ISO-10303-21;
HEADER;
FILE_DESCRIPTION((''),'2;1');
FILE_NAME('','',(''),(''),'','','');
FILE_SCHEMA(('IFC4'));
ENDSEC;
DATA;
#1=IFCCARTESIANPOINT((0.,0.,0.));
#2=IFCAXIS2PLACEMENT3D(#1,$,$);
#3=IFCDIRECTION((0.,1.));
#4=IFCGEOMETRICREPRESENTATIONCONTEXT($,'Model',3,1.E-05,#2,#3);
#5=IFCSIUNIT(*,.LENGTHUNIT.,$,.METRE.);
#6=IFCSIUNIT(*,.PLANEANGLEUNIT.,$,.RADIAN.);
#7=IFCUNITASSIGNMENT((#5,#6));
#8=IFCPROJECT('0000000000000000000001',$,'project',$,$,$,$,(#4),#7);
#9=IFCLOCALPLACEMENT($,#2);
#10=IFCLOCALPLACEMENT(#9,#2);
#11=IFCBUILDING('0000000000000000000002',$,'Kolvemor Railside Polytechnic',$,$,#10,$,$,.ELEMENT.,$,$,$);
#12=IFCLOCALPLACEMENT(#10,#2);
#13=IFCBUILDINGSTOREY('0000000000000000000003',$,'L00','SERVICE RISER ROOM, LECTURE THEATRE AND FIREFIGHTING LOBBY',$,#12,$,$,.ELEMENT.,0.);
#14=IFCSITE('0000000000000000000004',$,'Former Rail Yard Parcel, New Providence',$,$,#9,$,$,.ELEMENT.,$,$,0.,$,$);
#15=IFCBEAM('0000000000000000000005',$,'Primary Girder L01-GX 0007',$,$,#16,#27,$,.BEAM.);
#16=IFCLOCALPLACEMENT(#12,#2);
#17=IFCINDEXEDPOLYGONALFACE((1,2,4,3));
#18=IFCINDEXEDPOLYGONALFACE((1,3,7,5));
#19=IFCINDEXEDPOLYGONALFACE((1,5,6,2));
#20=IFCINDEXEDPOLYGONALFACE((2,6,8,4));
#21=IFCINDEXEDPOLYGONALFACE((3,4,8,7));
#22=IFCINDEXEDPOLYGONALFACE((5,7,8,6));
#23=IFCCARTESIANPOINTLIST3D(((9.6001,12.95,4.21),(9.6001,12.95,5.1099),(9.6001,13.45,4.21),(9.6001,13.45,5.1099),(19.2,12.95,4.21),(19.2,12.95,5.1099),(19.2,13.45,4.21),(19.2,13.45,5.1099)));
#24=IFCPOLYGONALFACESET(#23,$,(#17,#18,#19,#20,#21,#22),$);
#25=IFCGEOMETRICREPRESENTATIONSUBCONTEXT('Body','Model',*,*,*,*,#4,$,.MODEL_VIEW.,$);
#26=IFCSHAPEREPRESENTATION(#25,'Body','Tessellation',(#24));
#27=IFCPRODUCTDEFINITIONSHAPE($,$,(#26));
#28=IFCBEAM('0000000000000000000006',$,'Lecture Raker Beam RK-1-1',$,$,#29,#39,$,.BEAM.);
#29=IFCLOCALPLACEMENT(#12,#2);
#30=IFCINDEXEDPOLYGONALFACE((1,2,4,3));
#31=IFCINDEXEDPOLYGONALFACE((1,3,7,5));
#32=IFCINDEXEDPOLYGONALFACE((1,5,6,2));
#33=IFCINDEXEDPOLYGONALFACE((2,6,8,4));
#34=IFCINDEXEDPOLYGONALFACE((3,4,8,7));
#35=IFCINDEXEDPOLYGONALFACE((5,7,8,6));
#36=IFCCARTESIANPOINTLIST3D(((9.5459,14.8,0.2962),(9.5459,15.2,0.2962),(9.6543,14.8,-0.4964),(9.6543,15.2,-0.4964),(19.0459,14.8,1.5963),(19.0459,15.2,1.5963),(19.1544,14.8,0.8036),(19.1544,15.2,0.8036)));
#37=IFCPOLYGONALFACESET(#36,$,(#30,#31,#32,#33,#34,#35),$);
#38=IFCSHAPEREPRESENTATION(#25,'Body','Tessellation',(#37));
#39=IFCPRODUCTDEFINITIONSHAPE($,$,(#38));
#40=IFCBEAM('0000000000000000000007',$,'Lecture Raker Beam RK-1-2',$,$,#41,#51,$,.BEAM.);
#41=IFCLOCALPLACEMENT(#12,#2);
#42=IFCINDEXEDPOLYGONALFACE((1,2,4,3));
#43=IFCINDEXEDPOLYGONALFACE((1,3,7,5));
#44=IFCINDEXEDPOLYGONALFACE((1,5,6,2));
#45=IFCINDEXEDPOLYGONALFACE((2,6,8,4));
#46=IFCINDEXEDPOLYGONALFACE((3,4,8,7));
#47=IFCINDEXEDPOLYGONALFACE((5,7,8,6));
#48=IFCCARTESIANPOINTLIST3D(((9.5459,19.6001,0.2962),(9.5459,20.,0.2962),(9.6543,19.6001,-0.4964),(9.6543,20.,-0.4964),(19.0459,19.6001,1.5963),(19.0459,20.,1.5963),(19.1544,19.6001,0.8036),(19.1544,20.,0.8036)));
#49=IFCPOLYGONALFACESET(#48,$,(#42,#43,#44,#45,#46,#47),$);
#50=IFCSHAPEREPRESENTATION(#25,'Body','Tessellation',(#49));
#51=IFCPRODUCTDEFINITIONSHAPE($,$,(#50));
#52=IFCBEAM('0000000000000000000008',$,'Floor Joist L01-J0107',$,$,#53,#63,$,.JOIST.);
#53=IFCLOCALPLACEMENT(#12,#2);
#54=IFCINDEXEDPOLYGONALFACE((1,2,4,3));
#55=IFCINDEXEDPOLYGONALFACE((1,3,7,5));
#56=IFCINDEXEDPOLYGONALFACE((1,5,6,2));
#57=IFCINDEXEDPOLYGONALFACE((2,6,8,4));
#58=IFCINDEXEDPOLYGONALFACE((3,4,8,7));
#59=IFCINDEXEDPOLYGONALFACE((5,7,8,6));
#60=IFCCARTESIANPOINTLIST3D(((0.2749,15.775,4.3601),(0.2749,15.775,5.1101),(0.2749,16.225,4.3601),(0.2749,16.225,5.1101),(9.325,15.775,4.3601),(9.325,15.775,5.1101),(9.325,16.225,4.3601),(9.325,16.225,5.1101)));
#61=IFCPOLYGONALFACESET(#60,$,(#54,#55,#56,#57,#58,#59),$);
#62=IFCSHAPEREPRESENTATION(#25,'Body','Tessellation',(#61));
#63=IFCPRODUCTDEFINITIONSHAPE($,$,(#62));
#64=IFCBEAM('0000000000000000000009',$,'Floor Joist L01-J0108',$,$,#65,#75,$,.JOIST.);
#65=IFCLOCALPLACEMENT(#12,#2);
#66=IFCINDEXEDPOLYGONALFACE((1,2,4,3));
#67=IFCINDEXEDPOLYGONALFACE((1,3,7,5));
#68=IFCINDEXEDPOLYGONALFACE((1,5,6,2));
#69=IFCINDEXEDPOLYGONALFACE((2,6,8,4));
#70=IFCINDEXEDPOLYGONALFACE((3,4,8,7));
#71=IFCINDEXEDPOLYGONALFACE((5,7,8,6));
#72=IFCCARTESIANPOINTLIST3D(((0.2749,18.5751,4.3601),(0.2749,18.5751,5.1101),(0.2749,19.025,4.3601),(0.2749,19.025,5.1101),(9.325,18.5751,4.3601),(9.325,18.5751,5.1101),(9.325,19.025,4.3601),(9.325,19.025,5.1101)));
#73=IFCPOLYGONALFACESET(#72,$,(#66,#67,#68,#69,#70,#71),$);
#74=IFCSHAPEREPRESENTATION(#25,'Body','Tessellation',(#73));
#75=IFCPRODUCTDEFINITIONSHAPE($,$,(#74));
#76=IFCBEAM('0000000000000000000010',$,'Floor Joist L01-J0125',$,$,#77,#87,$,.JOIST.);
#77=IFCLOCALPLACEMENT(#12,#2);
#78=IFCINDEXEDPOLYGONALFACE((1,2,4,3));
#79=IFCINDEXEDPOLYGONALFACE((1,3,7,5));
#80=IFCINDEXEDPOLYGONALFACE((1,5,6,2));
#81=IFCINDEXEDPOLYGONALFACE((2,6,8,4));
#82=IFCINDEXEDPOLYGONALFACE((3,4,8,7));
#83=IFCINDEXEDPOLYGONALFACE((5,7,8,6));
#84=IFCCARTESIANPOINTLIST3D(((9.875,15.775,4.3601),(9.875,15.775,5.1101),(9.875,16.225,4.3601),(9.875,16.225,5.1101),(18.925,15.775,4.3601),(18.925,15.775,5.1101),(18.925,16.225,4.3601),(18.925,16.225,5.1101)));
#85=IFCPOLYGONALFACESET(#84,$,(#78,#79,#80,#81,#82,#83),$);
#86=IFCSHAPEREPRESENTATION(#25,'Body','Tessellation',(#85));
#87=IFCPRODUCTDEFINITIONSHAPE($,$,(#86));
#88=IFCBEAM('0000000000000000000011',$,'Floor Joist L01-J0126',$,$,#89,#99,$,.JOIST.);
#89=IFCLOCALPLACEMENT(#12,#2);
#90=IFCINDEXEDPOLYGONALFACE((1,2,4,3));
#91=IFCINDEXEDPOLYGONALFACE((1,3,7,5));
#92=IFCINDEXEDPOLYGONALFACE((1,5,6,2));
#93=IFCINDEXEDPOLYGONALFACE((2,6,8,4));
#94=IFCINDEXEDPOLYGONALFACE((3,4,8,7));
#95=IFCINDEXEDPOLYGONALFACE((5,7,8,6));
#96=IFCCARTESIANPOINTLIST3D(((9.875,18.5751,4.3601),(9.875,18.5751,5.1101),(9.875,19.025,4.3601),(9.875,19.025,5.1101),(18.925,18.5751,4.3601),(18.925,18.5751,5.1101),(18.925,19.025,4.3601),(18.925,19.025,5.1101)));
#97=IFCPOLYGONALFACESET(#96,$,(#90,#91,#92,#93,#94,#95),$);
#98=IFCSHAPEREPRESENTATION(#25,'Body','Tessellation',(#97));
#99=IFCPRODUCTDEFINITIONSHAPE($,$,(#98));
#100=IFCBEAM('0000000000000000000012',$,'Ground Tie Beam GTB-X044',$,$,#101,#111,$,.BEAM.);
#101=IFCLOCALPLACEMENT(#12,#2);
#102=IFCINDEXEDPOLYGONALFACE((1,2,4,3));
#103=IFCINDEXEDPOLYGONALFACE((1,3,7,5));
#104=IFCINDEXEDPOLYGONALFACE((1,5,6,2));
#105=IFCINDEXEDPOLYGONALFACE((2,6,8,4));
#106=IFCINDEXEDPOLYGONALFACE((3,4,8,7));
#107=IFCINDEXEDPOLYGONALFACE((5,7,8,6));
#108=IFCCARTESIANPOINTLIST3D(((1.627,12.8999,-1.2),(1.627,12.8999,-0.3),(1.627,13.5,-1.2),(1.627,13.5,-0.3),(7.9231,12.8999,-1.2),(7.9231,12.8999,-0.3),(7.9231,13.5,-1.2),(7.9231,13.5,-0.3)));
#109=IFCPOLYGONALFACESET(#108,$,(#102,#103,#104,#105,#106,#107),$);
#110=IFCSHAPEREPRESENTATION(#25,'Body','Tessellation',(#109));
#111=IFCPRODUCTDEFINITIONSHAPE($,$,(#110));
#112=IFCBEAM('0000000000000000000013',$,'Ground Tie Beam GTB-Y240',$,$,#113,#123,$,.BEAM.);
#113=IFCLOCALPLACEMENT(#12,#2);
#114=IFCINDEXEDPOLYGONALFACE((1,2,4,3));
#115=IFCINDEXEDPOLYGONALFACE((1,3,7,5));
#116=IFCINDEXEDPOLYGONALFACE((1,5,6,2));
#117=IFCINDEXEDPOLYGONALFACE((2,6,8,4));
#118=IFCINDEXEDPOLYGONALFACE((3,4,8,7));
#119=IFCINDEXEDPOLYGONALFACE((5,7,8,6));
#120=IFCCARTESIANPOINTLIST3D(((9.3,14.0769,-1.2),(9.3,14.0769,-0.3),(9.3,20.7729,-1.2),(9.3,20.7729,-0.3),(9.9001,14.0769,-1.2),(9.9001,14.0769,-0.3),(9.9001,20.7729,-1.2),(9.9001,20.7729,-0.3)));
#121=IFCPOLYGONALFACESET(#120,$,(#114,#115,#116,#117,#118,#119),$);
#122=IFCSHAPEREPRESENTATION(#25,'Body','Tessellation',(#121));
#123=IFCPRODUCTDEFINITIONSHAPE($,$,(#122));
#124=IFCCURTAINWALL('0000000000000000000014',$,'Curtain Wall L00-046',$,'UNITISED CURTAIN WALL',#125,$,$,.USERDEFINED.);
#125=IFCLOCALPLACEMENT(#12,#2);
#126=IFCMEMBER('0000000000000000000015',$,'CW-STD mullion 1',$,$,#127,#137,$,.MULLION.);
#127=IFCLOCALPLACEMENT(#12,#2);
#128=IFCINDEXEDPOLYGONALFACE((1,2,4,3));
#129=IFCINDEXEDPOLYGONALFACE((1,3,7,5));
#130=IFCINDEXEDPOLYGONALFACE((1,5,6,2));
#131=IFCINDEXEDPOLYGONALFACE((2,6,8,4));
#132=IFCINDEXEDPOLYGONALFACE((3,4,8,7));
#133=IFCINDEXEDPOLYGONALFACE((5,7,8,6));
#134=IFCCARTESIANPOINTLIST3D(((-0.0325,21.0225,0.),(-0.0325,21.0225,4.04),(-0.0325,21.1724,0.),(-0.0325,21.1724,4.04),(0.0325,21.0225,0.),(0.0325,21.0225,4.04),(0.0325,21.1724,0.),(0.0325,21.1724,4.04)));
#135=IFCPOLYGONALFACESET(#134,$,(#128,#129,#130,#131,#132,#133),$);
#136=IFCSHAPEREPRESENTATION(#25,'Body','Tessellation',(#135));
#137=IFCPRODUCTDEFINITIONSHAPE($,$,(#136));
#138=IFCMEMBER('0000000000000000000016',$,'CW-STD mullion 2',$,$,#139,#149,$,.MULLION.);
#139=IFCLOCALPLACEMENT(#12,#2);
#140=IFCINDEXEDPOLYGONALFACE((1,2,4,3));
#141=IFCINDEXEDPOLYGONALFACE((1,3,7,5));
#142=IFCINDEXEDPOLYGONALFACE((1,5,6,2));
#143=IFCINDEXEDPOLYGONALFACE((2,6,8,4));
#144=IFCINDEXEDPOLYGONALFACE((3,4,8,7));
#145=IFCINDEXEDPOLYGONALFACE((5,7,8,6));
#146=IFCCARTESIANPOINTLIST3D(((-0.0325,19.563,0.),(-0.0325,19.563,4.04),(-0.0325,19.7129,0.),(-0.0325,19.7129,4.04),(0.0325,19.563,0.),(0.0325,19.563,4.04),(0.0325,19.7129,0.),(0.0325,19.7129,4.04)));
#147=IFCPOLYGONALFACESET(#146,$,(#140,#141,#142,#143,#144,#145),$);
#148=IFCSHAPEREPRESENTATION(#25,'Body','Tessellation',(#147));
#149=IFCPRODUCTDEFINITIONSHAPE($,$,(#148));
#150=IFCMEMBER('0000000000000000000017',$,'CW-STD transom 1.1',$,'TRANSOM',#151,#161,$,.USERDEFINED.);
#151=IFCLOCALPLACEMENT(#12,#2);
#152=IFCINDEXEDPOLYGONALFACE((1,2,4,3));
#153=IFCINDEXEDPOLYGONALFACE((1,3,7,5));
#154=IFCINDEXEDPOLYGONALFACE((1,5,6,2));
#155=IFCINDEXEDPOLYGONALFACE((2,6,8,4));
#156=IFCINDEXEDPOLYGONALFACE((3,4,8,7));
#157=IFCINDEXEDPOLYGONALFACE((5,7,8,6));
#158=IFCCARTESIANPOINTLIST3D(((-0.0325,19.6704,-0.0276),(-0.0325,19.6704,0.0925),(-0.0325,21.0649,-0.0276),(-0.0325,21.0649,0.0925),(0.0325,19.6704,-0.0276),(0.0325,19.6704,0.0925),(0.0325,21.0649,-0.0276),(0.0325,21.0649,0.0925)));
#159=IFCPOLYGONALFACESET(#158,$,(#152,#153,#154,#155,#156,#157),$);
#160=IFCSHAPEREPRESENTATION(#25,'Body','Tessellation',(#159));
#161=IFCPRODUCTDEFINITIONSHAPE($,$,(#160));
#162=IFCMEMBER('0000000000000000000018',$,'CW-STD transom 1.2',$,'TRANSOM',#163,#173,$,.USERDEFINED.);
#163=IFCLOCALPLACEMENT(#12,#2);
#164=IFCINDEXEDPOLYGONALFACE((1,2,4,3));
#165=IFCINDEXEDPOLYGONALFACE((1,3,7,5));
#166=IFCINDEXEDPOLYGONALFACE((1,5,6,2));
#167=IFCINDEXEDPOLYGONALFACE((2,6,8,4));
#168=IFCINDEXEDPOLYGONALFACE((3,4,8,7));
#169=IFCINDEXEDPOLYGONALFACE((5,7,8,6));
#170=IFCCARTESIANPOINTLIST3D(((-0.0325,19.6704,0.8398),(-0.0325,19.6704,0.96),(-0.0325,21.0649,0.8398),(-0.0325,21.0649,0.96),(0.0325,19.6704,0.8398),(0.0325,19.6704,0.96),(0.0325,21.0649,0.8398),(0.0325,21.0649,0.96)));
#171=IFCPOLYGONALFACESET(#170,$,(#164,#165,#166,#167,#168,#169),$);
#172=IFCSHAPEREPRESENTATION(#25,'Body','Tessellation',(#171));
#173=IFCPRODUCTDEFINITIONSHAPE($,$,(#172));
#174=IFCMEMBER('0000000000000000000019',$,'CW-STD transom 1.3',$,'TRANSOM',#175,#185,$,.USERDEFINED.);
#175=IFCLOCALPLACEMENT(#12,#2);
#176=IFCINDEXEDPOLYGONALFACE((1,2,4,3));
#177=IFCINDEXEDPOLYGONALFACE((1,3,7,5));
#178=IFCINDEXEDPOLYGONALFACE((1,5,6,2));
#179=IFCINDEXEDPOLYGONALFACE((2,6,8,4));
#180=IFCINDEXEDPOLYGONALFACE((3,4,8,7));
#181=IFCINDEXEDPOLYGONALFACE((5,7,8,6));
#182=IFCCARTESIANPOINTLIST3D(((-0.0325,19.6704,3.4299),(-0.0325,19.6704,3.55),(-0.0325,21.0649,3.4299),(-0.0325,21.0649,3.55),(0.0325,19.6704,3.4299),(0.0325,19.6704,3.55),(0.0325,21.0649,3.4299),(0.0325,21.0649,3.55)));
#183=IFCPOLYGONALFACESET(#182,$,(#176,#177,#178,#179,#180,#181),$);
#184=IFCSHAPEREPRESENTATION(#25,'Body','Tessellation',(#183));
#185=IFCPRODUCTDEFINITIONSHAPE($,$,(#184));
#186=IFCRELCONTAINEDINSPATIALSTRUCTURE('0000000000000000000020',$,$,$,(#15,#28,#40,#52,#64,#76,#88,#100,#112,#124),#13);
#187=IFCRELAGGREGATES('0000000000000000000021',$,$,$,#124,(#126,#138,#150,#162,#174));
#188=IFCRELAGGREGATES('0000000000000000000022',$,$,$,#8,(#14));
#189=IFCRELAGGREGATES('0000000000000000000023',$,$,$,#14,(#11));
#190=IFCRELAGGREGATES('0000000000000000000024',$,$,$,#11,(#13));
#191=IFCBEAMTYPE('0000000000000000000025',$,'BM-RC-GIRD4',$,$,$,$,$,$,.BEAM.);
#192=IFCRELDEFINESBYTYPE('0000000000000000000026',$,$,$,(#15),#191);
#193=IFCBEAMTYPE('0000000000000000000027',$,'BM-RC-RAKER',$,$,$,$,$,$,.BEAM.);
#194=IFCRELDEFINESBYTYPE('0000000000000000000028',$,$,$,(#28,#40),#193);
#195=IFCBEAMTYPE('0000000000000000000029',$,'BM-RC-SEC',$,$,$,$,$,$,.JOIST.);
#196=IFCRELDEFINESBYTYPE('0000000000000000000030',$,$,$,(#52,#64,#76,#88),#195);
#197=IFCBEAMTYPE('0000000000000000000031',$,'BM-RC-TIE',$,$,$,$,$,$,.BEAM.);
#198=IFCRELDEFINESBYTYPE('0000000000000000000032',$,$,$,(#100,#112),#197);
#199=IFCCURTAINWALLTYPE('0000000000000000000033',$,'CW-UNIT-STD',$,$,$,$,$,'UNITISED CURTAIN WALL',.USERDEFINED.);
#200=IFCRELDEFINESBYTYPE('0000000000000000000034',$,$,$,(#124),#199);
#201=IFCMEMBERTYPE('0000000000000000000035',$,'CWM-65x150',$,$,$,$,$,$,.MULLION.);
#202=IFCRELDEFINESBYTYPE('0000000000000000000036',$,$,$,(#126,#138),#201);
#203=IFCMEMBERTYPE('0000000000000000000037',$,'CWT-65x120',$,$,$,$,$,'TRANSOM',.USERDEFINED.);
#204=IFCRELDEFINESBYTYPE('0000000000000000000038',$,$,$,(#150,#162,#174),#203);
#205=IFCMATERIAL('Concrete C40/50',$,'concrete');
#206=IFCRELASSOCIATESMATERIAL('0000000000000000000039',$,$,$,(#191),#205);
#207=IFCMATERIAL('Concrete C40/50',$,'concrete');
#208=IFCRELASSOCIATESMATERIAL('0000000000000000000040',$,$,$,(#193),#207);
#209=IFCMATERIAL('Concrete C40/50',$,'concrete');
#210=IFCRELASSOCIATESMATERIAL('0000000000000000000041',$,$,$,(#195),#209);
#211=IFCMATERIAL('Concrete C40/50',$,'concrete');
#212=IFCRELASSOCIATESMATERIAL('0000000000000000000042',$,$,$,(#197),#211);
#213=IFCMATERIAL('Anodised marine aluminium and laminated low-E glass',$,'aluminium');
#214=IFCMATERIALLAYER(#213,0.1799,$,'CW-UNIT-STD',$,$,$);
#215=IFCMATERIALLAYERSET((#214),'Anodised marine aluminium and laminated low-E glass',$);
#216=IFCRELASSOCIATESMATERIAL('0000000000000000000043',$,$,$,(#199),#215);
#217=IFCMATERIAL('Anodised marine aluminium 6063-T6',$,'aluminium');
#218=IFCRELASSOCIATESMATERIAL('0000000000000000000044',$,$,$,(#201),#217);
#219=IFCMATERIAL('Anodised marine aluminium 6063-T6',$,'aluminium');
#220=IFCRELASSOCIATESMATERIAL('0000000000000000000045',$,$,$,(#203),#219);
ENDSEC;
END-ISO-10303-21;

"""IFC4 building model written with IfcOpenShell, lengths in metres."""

from ifc_helpers import new_model, si_unit, direction, frame, origin, origin_2d, place, context, subcontext, project, spatial, rectangle, extrude, material, layer, layer_set, material_profile, profile_set, type_object, element, aggregate, save


model = new_model("IFC4")

# Units and contexts
model_context = context("Model", 3, precision=1e-05, world=origin(), true_north=direction((0.0, 1.0)))
body_context = subcontext(model_context, "Body", "Model", "MODEL_VIEW")
ifc_project = project(units=[si_unit("LENGTHUNIT", "METRE"), si_unit("PLANEANGLEUNIT", "RADIAN")], contexts=[model_context])

# Site, building, storey
site_placement = place(None, origin())
site = spatial("IfcSite", under=ifc_project, at=site_placement, Name="Former Rail Yard Parcel, New Providence", CompositionType="ELEMENT", RefElevation=0.0)
building_placement = place(site_placement, origin())
building = spatial("IfcBuilding", under=site, at=building_placement, Name="Kolvemor Railside Polytechnic", CompositionType="ELEMENT")
storey_placement = place(building_placement, origin())
storey = spatial("IfcBuildingStorey", under=building, at=storey_placement, Name="L00", Description="SERVICE RISER ROOM, LECTURE THEATRE AND FIREFIGHTING LOBBY", CompositionType="ELEMENT", Elevation=0.0)

# Beams
ifc_material_1 = material(Name="Concrete C40/50", Category="concrete")
ifc_material_profile_1 = material_profile(ifc_material_1, rectangle(XDim=0.5, YDim=0.8999, at=origin_2d()), Name="RC500x900")
ifc_profile_set_1 = profile_set([ifc_material_profile_1], Name="Concrete C40/50")
beam_type_1 = type_object("IfcBeamType", Name="BM-RC-GIRD4", PredefinedType="BEAM", material=ifc_profile_set_1)
beam_1_placement = place(storey_placement, frame((9.6001, 13.2, 4.6599), z_axis=(1.0, 0.0, 0.0), x_axis=(0.0, 1.0, 0.0)))
element("IfcBeam", 1, at=beam_1_placement, inside=storey, type_object=beam_type_1, Name="Primary Girder L01-GX 0007", PredefinedType="BEAM", context=body_context, shape_type="SweptSolid", body=[
    extrude(rectangle(XDim=0.5, YDim=0.8999, at=origin_2d()), origin(), (0.0, 0.0, 1.0), 9.5999),
])
ifc_material_2 = material(Name="Concrete C40/50", Category="concrete")
ifc_material_profile_2 = material_profile(ifc_material_2, rectangle(XDim=0.3999, YDim=0.8, at=origin_2d()), Name="RC400x800")
ifc_profile_set_2 = profile_set([ifc_material_profile_2], Name="Concrete C40/50")
beam_type_2 = type_object("IfcBeamType", Name="BM-RC-RAKER", PredefinedType="BEAM", material=ifc_profile_set_2)
for number, where, z_axis, x_axis, name in (
    (2, (9.6001, 15.0, -0.1001), (0.990766, 0.0, 0.135584), (0.0, 1.0, 0.0), "Lecture Raker Beam RK-1-1"),
    (3, (9.6001, 19.8, -0.1001), (0.990766, 0.0, 0.135584), (0.0, 1.0, 0.0), "Lecture Raker Beam RK-1-2"),
):
    element("IfcBeam", number, at=place(storey_placement, frame(where, z_axis=z_axis, x_axis=x_axis)), inside=storey, type_object=beam_type_2, Name=name, PredefinedType="BEAM", context=body_context, shape_type="SweptSolid", body=[
        extrude(rectangle(XDim=0.3999, YDim=0.8, at=origin_2d()), origin(), (0.0, 0.0, 1.0), 9.5886),
    ])
ifc_material_3 = material(Name="Concrete C40/50", Category="concrete")
ifc_material_profile_3 = material_profile(ifc_material_3, rectangle(XDim=0.45, YDim=0.75, at=origin_2d()), Name="RC450x750")
ifc_profile_set_3 = profile_set([ifc_material_profile_3], Name="Concrete C40/50")
beam_type_3 = type_object("IfcBeamType", Name="BM-RC-SEC", PredefinedType="JOIST", material=ifc_profile_set_3)
for number, where, z_axis, x_axis, name in (
    (4, (0.2749, 16.0, 4.7351), (1.0, 0.0, 0.0), (0.0, 1.0, 0.0), "Floor Joist L01-J0107"),
    (5, (0.2749, 18.8, 4.7351), (1.0, 0.0, 0.0), (0.0, 1.0, 0.0), "Floor Joist L01-J0108"),
    (6, (9.875, 16.0, 4.7351), (1.0, 0.0, 0.0), (0.0, 1.0, 0.0), "Floor Joist L01-J0125"),
    (7, (9.875, 18.8, 4.7351), (1.0, 0.0, 0.0), (0.0, 1.0, 0.0), "Floor Joist L01-J0126"),
):
    element("IfcBeam", number, at=place(storey_placement, frame(where, z_axis=z_axis, x_axis=x_axis)), inside=storey, type_object=beam_type_3, Name=name, PredefinedType="JOIST", context=body_context, shape_type="SweptSolid", body=[
        extrude(rectangle(XDim=0.45, YDim=0.75, at=origin_2d()), origin(), (0.0, 0.0, 1.0), 9.05),
    ])
ifc_material_4 = material(Name="Concrete C40/50", Category="concrete")
ifc_material_profile_4 = material_profile(ifc_material_4, rectangle(XDim=0.6001, YDim=0.8999, at=origin_2d()), Name="RC600x900")
ifc_profile_set_4 = profile_set([ifc_material_profile_4], Name="Concrete C40/50")
beam_type_4 = type_object("IfcBeamType", Name="BM-RC-TIE", PredefinedType="BEAM", material=ifc_profile_set_4)
beam_2_placement = place(storey_placement, frame((1.627, 13.2, -0.75), z_axis=(1.0, 0.0, 0.0), x_axis=(0.0, 1.0, 0.0)))
element("IfcBeam", 8, at=beam_2_placement, inside=storey, type_object=beam_type_4, Name="Ground Tie Beam GTB-X044", PredefinedType="BEAM", context=body_context, shape_type="SweptSolid", body=[
    extrude(rectangle(XDim=0.6001, YDim=0.8999, at=origin_2d()), origin(), (0.0, 0.0, 1.0), 6.2961),
])
beam_3_placement = place(storey_placement, frame((9.6001, 14.0769, -0.75), z_axis=(0.0, 1.0, 0.0), x_axis=(-1.0, 0.0, 0.0)))
element("IfcBeam", 9, at=beam_3_placement, inside=storey, type_object=beam_type_4, Name="Ground Tie Beam GTB-Y240", PredefinedType="BEAM", context=body_context, shape_type="SweptSolid", body=[
    extrude(rectangle(XDim=0.6001, YDim=0.8999, at=origin_2d()), origin(), (0.0, 0.0, 1.0), 6.696),
])

# Curtain wall, members
ifc_material_5 = material(Name="Anodised marine aluminium and laminated low-E glass", Category="aluminium")
ifc_layer_1 = layer(ifc_material_5, 0.1799, Name="CW-UNIT-STD")
ifc_layer_set_1 = layer_set([ifc_layer_1], Name="Anodised marine aluminium and laminated low-E glass")
curtain_wall_type = type_object("IfcCurtainWallType", Name="CW-UNIT-STD", ElementType="UNITISED CURTAIN WALL", PredefinedType="USERDEFINED", material=ifc_layer_set_1)
curtain_wall_placement = place(storey_placement, origin())
curtain_wall = element("IfcCurtainWall", 10, at=curtain_wall_placement, inside=storey, type_object=curtain_wall_type, Name="Curtain Wall L00-046", ObjectType="UNITISED CURTAIN WALL", PredefinedType="USERDEFINED")
ifc_material_6 = material(Name="Anodised marine aluminium 6063-T6", Category="aluminium")
ifc_material_profile_5 = material_profile(ifc_material_6, rectangle(XDim=0.0649, YDim=0.1499, at=origin_2d()), Name="CW-MUL-65x150")
ifc_profile_set_5 = profile_set([ifc_material_profile_5], Name="Anodised marine aluminium 6063-T6")
member_type_1 = type_object("IfcMemberType", Name="CWM-65x150", PredefinedType="MULLION", material=ifc_profile_set_5)
member_1_placement = place(storey_placement, frame((0.0, 21.0974, 0.0), z_axis=(0.0, 0.0, 1.0), x_axis=(1.0, 0.0, 0.0)))
member_1 = element("IfcMember", 11, at=member_1_placement, type_object=member_type_1, Name="CW-STD mullion 1", PredefinedType="MULLION", context=body_context, shape_type="SweptSolid", body=[
    extrude(rectangle(XDim=0.0649, YDim=0.1499, at=origin_2d()), origin(), (0.0, 0.0, 1.0), 4.04),
])
member_2_placement = place(storey_placement, frame((0.0, 19.6379, 0.0), z_axis=(0.0, 0.0, 1.0), x_axis=(1.0, 0.0, 0.0)))
member_2 = element("IfcMember", 12, at=member_2_placement, type_object=member_type_1, Name="CW-STD mullion 2", PredefinedType="MULLION", context=body_context, shape_type="SweptSolid", body=[
    extrude(rectangle(XDim=0.0649, YDim=0.1499, at=origin_2d()), origin(), (0.0, 0.0, 1.0), 4.04),
])
ifc_material_7 = material(Name="Anodised marine aluminium 6063-T6", Category="aluminium")
ifc_material_profile_6 = material_profile(ifc_material_7, rectangle(XDim=0.0649, YDim=0.1201, at=origin_2d()), Name="CW-TRN-65x120")
ifc_profile_set_6 = profile_set([ifc_material_profile_6], Name="Anodised marine aluminium 6063-T6")
member_type_2 = type_object("IfcMemberType", Name="CWT-65x120", ElementType="TRANSOM", PredefinedType="USERDEFINED", material=ifc_profile_set_6)
member_3_placement = place(storey_placement, frame((0.0, 21.0649, 0.0325), z_axis=(0.0, -1.0, 0.0), x_axis=(1.0, 0.0, 0.0)))
member_3 = element("IfcMember", 13, at=member_3_placement, type_object=member_type_2, Name="CW-STD transom 1.1", ObjectType="TRANSOM", PredefinedType="USERDEFINED", context=body_context, shape_type="SweptSolid", body=[
    extrude(rectangle(XDim=0.0649, YDim=0.1201, at=origin_2d()), origin(), (0.0, 0.0, 1.0), 1.3945),
])
member_4_placement = place(storey_placement, frame((0.0, 21.0649, 0.8999), z_axis=(0.0, -1.0, 0.0), x_axis=(1.0, 0.0, 0.0)))
member_4 = element("IfcMember", 14, at=member_4_placement, type_object=member_type_2, Name="CW-STD transom 1.2", ObjectType="TRANSOM", PredefinedType="USERDEFINED", context=body_context, shape_type="SweptSolid", body=[
    extrude(rectangle(XDim=0.0649, YDim=0.1201, at=origin_2d()), origin(), (0.0, 0.0, 1.0), 1.3945),
])
member_5_placement = place(storey_placement, frame((0.0, 21.0649, 3.49), z_axis=(0.0, -1.0, 0.0), x_axis=(1.0, 0.0, 0.0)))
member_5 = element("IfcMember", 15, at=member_5_placement, type_object=member_type_2, Name="CW-STD transom 1.3", ObjectType="TRANSOM", PredefinedType="USERDEFINED", context=body_context, shape_type="SweptSolid", body=[
    extrude(rectangle(XDim=0.0649, YDim=0.1201, at=origin_2d()), origin(), (0.0, 0.0, 1.0), 1.3945),
])
aggregate(curtain_wall, [member_1, member_2, member_3, member_4, member_5])

save(model, "model.ifc")
